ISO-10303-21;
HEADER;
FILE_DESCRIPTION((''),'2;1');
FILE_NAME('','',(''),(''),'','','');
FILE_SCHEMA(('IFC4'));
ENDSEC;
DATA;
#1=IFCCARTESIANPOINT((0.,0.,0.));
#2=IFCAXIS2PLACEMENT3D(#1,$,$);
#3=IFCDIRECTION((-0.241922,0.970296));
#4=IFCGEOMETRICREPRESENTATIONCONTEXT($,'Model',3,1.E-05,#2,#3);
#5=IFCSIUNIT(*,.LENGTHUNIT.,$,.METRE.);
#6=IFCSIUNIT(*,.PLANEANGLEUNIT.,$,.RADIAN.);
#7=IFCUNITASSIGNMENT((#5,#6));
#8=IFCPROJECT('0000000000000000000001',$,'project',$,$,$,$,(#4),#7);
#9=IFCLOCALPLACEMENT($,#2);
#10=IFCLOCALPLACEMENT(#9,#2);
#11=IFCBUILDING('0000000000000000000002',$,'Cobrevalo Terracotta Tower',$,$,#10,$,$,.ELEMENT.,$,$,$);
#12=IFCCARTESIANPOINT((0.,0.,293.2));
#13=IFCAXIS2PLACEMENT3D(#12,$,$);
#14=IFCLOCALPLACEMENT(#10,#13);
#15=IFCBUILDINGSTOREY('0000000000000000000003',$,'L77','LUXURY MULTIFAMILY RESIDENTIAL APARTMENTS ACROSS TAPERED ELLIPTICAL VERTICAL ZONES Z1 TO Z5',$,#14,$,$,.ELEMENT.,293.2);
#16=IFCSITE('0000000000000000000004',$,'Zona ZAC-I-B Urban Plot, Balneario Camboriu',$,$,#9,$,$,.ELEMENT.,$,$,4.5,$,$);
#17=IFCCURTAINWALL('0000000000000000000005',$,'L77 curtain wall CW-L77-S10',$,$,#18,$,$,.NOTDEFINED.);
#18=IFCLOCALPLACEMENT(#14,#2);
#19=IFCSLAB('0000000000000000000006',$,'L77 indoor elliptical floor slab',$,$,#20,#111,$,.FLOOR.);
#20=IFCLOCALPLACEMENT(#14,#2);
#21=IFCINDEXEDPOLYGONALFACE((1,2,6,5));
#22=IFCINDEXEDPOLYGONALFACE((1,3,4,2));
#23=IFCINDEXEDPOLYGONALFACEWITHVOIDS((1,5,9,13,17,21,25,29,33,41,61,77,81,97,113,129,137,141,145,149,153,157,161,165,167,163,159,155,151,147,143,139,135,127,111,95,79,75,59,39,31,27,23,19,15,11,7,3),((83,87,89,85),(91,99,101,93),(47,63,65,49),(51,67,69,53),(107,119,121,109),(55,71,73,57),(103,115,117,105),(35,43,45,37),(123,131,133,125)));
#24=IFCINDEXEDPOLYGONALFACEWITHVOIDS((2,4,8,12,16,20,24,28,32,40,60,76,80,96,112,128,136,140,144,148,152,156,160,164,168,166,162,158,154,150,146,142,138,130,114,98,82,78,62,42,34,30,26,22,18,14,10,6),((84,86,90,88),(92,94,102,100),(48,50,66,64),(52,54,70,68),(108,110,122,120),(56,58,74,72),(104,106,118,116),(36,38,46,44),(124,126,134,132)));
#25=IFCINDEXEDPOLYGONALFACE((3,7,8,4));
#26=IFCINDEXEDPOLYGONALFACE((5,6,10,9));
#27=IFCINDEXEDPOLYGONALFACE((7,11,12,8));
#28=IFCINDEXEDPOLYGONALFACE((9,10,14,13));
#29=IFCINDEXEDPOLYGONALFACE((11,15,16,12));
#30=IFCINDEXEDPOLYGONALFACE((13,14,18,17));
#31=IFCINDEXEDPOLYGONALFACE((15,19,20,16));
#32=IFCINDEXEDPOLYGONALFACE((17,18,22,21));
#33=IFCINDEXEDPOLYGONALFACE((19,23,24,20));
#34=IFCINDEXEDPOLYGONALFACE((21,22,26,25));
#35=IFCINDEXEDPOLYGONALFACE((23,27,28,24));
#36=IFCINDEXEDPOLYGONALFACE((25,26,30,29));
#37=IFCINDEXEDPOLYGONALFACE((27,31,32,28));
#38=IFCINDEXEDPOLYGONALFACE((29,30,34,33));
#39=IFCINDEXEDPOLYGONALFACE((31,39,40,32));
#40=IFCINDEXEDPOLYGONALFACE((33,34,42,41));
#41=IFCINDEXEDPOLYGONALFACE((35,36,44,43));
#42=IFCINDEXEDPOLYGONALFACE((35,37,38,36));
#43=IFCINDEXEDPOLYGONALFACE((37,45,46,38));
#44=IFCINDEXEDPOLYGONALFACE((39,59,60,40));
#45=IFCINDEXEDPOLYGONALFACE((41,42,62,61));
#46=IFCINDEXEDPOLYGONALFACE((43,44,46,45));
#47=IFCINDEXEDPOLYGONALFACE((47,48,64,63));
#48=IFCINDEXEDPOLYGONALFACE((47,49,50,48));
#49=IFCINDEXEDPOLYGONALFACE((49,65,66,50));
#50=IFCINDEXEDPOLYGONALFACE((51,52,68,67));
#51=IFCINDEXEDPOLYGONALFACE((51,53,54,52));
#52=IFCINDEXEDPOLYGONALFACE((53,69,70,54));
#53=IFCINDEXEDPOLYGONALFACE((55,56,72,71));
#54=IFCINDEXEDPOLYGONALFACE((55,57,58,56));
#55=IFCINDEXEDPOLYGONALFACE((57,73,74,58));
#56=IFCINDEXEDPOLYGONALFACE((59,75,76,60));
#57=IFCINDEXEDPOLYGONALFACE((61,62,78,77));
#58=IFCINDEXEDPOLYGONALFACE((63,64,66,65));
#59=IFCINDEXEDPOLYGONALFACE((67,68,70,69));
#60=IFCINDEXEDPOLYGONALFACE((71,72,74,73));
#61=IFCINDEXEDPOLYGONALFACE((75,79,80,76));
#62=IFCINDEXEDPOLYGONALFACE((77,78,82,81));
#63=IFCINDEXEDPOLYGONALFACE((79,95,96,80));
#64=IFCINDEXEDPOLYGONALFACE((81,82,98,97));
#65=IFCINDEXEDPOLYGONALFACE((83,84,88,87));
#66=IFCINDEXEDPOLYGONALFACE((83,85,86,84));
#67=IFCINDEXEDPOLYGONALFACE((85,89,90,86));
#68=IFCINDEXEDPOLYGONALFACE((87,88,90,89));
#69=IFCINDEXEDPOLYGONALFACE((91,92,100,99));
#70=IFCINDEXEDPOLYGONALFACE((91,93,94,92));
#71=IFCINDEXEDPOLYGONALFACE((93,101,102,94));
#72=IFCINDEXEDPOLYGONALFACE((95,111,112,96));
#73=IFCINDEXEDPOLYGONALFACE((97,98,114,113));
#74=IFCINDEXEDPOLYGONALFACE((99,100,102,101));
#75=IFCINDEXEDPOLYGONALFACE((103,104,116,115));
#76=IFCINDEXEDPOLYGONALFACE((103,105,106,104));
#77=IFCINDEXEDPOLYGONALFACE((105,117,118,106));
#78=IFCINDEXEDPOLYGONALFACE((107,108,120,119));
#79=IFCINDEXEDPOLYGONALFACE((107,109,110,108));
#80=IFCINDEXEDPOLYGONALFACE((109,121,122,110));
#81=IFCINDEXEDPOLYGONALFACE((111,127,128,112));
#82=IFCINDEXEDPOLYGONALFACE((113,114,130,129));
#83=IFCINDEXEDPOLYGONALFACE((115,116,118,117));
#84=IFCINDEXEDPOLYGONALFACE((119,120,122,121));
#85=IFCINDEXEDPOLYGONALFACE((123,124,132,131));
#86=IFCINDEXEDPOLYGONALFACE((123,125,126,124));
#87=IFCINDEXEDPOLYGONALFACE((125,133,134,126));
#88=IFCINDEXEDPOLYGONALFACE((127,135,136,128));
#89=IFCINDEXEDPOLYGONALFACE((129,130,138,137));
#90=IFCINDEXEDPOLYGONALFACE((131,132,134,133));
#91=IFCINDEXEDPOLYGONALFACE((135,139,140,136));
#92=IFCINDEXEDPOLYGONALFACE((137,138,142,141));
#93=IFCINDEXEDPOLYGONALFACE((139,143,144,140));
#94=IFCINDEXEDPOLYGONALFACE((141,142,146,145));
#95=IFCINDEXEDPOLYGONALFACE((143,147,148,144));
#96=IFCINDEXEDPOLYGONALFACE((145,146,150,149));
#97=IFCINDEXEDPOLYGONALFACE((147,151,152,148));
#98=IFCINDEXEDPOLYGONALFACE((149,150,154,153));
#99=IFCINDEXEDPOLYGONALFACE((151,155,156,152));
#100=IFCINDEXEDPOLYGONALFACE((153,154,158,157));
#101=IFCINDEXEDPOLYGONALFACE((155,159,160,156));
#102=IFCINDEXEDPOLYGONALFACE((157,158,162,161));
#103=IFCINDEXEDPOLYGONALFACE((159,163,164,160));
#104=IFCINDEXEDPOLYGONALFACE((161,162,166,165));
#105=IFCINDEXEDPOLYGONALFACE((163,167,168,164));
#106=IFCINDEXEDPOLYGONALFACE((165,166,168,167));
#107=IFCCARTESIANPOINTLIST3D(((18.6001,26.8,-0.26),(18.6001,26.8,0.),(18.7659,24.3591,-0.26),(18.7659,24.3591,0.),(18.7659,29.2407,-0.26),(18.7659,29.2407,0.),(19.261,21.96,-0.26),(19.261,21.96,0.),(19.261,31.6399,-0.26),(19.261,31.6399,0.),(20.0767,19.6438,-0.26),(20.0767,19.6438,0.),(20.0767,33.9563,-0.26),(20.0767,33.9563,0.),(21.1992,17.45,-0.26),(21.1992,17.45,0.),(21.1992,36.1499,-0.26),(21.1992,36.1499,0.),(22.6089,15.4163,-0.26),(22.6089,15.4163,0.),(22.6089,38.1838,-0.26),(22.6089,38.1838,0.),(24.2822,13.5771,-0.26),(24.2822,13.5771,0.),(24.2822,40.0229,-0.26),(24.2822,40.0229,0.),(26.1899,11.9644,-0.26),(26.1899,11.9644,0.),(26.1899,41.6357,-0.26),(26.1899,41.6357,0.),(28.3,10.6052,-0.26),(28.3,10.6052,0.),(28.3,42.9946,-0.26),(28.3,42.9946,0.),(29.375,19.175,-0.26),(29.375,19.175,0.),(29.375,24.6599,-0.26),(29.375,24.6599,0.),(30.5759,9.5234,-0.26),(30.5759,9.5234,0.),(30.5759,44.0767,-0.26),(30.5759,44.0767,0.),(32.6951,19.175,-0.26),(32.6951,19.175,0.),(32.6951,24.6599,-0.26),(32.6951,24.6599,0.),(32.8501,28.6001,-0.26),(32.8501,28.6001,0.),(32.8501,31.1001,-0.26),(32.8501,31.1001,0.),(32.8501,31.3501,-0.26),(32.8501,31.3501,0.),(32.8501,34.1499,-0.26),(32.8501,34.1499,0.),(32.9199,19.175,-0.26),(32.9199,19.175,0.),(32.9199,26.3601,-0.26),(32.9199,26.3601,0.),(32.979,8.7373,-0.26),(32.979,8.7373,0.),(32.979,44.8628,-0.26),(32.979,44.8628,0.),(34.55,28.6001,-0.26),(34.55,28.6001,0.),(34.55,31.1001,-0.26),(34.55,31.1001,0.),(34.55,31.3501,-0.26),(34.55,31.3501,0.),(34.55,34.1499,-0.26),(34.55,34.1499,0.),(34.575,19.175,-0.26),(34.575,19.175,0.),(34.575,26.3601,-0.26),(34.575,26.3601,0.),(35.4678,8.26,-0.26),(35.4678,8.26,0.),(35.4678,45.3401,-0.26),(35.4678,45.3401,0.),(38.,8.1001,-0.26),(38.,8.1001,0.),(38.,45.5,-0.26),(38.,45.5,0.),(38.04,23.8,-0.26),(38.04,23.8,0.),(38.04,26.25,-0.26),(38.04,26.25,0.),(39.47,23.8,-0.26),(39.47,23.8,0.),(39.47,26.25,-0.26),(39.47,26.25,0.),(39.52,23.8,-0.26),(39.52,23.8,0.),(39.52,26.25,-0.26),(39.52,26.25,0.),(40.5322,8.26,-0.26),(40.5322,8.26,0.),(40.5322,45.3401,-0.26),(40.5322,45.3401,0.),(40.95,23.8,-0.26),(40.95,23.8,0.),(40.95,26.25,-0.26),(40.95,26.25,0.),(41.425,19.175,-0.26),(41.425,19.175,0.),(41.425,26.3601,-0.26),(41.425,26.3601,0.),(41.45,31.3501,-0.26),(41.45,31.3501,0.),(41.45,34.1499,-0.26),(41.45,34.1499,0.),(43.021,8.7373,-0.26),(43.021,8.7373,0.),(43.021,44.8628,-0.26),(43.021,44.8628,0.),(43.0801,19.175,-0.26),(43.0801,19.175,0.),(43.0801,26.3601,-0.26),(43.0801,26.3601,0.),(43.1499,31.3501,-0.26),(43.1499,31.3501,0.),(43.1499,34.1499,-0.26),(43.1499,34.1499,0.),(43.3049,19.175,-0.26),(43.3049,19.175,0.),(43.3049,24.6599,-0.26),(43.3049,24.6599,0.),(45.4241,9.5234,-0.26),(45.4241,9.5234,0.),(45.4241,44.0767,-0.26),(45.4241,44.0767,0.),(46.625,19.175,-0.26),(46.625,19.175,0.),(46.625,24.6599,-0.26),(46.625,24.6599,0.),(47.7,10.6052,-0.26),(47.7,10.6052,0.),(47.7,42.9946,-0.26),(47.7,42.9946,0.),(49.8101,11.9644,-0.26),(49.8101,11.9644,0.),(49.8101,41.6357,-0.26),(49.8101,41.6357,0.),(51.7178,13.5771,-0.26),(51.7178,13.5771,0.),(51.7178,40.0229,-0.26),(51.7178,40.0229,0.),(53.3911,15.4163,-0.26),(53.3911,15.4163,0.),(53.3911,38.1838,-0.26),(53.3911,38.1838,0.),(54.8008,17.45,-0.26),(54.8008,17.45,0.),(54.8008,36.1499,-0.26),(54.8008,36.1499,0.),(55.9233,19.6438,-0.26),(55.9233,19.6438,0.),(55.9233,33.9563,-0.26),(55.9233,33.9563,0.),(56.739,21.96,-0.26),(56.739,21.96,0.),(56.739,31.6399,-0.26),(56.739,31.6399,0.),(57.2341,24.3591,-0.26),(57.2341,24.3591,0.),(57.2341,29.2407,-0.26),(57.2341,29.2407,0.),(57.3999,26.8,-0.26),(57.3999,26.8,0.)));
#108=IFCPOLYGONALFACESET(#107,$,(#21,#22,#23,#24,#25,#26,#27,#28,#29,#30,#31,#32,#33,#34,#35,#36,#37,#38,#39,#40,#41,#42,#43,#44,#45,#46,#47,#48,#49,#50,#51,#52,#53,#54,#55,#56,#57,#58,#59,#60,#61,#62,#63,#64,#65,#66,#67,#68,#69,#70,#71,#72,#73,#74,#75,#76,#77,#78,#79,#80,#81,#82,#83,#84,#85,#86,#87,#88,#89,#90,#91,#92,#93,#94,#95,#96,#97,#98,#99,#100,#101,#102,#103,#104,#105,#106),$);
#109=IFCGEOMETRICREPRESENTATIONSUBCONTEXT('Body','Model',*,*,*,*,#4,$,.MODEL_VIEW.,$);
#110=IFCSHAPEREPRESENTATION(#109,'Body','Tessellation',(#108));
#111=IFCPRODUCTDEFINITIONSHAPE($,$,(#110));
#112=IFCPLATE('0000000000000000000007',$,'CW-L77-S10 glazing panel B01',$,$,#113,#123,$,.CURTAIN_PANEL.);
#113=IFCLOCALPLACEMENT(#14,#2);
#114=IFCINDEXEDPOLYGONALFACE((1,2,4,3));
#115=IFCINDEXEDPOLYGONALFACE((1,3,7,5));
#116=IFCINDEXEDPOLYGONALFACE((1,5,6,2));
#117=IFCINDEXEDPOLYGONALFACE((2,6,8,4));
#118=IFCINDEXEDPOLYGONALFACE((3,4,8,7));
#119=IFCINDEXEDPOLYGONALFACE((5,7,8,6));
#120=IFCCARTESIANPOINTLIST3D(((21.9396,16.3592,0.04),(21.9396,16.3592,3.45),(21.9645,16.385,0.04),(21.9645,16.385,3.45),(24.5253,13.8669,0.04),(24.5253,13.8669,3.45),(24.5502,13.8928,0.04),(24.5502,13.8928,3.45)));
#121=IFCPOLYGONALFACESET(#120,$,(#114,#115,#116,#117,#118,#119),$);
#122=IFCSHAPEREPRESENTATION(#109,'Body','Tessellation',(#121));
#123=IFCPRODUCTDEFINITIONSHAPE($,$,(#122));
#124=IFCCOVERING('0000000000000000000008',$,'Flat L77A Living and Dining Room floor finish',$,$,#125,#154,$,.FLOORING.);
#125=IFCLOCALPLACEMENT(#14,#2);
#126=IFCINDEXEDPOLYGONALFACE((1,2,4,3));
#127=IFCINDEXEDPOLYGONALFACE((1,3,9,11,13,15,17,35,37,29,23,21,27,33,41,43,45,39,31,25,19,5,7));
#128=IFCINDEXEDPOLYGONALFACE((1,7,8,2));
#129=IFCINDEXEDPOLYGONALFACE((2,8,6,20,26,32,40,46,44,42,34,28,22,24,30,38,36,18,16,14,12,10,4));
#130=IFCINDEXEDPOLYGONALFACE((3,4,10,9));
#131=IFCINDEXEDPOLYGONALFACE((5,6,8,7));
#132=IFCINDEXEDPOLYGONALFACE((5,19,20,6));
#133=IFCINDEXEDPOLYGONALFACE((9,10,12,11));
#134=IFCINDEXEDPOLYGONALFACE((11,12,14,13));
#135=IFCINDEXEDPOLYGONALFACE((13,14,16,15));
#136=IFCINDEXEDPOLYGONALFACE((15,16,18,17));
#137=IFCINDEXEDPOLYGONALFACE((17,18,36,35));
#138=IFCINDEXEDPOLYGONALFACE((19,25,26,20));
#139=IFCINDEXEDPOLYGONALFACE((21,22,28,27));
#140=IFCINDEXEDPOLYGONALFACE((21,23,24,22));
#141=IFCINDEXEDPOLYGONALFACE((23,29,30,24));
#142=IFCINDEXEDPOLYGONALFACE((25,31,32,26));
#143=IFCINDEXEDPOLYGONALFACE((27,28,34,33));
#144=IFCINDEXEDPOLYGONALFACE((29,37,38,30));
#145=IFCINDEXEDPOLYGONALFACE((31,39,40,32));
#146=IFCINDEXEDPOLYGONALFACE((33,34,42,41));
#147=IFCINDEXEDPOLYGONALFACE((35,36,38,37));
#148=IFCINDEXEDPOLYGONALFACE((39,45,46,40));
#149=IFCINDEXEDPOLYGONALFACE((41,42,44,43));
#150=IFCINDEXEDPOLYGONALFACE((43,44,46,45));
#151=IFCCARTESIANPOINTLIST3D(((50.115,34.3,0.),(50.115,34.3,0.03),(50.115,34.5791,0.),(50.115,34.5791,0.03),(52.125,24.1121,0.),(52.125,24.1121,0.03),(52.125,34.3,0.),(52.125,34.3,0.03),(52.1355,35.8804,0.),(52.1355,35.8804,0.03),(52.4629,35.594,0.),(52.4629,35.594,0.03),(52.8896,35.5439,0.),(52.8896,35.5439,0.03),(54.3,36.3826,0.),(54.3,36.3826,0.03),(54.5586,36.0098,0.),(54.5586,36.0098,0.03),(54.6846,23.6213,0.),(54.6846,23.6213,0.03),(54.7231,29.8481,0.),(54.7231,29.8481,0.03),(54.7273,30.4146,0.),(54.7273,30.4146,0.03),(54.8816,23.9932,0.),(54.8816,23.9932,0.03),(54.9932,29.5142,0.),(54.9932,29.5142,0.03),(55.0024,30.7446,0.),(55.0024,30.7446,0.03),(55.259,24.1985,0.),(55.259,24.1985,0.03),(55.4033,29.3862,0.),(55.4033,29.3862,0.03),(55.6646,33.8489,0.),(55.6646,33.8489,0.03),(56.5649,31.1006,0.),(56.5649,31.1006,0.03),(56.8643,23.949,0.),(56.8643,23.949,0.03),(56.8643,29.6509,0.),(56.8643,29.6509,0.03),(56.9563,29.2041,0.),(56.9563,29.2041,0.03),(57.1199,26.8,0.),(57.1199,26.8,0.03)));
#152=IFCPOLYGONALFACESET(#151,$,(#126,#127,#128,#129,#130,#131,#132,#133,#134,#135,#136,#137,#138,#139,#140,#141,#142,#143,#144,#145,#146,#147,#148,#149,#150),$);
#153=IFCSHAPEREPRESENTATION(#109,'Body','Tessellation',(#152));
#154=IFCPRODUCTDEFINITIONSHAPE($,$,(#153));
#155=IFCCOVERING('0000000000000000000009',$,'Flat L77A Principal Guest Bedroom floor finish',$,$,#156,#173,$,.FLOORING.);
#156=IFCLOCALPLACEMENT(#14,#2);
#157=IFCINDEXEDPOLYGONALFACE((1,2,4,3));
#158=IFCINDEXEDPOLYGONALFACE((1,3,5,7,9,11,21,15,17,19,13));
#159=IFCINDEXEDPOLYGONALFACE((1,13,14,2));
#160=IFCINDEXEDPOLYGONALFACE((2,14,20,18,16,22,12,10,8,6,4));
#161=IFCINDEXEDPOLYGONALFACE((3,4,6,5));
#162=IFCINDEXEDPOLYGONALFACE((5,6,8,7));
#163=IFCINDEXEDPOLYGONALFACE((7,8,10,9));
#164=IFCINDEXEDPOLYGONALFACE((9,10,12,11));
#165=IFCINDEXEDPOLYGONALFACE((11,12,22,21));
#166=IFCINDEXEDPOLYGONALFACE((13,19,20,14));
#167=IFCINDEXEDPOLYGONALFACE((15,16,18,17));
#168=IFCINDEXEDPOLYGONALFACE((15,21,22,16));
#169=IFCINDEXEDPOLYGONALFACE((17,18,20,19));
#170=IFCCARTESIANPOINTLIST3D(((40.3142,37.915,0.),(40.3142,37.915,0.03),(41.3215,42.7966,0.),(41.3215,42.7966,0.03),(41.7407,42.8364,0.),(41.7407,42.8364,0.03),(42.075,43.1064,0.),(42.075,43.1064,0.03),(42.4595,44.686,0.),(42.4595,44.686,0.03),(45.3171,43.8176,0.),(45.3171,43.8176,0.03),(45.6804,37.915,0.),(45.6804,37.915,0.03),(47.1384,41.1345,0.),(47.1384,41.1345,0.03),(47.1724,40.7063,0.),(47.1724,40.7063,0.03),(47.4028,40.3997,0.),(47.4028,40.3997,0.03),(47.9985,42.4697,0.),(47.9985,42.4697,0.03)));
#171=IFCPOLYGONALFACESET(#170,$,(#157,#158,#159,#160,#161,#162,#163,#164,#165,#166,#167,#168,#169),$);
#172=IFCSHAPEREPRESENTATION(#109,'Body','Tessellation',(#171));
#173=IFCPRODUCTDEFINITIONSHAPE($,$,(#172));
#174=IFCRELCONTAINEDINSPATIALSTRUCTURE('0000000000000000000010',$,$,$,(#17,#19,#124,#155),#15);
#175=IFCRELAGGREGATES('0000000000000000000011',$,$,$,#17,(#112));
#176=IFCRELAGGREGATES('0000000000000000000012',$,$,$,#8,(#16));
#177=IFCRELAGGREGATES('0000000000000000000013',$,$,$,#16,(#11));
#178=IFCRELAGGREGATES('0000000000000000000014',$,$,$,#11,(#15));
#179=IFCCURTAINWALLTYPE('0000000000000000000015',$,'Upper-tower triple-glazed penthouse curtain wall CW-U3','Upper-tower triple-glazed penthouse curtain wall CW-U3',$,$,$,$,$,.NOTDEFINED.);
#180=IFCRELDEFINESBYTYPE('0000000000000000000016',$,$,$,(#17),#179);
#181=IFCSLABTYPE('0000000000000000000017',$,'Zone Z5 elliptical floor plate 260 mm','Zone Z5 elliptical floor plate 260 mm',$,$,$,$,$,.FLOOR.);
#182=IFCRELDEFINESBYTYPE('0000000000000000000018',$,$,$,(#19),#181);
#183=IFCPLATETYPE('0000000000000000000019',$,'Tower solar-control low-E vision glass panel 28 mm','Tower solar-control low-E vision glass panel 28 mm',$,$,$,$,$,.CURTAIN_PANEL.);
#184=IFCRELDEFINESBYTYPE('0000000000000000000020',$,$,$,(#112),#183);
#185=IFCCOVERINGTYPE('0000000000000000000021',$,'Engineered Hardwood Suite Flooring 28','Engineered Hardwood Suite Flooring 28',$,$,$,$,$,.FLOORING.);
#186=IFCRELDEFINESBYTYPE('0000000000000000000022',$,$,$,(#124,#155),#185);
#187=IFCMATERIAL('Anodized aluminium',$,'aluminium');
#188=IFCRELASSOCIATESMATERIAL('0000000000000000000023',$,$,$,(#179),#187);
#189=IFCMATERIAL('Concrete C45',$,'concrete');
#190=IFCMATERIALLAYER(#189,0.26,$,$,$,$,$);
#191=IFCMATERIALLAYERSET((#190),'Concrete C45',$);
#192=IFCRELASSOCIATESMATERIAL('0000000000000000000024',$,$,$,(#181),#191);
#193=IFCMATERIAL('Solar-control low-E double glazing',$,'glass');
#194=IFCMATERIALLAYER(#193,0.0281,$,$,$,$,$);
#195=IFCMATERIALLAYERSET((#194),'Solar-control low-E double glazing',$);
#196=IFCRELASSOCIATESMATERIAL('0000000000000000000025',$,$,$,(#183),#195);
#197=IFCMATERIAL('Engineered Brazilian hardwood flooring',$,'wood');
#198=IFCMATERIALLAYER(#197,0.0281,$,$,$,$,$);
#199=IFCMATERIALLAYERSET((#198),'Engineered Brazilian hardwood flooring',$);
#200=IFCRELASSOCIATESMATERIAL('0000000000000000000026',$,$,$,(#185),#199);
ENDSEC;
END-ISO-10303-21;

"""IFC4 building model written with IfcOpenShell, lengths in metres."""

from ifc_helpers import new_model, si_unit, direction, frame, origin, origin_2d, place, context, subcontext, project, spatial, polyline, rectangle, outline, extrude, source, transform, mapped, material, layer, layer_set, type_object, element, aggregate, save


model = new_model("IFC4")

# Units and contexts
model_context = context("Model", 3, precision=1e-05, world=origin(), true_north=direction((-0.241922, 0.970296)))
body_context = subcontext(model_context, "Body", "Model", "MODEL_VIEW")
ifc_project = project(units=[si_unit("LENGTHUNIT", "METRE"), si_unit("PLANEANGLEUNIT", "RADIAN")], contexts=[model_context])

# Site, building, storey
site_placement = place(None, origin())
site = spatial("IfcSite", under=ifc_project, at=site_placement, Name="Zona ZAC-I-B Urban Plot, Balneario Camboriu", CompositionType="ELEMENT", RefElevation=4.5)
building_placement = place(site_placement, origin())
building = spatial("IfcBuilding", under=site, at=building_placement, Name="Cobrevalo Terracotta Tower", CompositionType="ELEMENT")
storey_placement = place(building_placement, frame((0.0, 0.0, 293.2)))
storey = spatial("IfcBuildingStorey", under=building, at=storey_placement, Name="L77", Description="LUXURY MULTIFAMILY RESIDENTIAL APARTMENTS ACROSS TAPERED ELLIPTICAL VERTICAL ZONES Z1 TO Z5", CompositionType="ELEMENT", Elevation=293.2)

# Curtain wall
ifc_material_1 = material(Name="Anodized aluminium", Category="aluminium")
curtain_wall_type = type_object("IfcCurtainWallType", Name="Upper-tower triple-glazed penthouse curtain wall CW-U3", Description="Upper-tower triple-glazed penthouse curtain wall CW-U3", PredefinedType="NOTDEFINED", material=ifc_material_1)
curtain_wall_placement = place(storey_placement, origin())
curtain_wall = element("IfcCurtainWall", 1, at=curtain_wall_placement, inside=storey, type_object=curtain_wall_type, Name="L77 curtain wall CW-L77-S10", PredefinedType="NOTDEFINED")

# Slab
ifc_material_2 = material(Name="Concrete C45", Category="concrete")
ifc_layer_1 = layer(ifc_material_2, 0.26)
ifc_layer_set_1 = layer_set([ifc_layer_1], Name="Concrete C45")
slab_type_1 = type_object("IfcSlabType", Name="Zone Z5 elliptical floor plate 260 mm", Description="Zone Z5 elliptical floor plate 260 mm", PredefinedType="FLOOR", material=ifc_layer_set_1)
slab_1_placement = place(storey_placement, frame((0.0, 0.0, -0.26)))
element("IfcSlab", 2, at=slab_1_placement, inside=storey, type_object=slab_type_1, Name="L77 indoor elliptical floor slab", PredefinedType="FLOOR", context=body_context, shape_type="SweptSolid", body=[
    extrude(outline(polyline([(57.2341, 24.3591), (56.739, 21.96), (55.9233, 19.6438), (54.8008, 17.45), (53.3911, 15.4163), (51.7178, 13.5771), (49.8101, 11.9644), (47.7, 10.6052), (45.4241, 9.5234), (43.021, 8.7373), (40.5322, 8.26), (38.0, 8.1001), (35.4678, 8.26), (32.979, 8.7373), (30.5759, 9.5234), (28.3, 10.6052), (26.1899, 11.9644), (24.2822, 13.5771), (22.6089, 15.4163), (21.1992, 17.45), (20.0767, 19.6438), (19.261, 21.96), (18.7659, 24.3591), (18.6001, 26.8), (18.7659, 29.2407), (19.261, 31.6399), (20.0767, 33.9563), (21.1992, 36.1499), (22.6089, 38.1838), (24.2822, 40.0229), (26.1899, 41.6357), (28.3, 42.9946), (30.5759, 44.0767), (32.979, 44.8628), (35.4678, 45.3401), (38.0, 45.5), (40.5322, 45.3401), (43.021, 44.8628), (45.4241, 44.0767), (47.7, 42.9946), (49.8101, 41.6357), (51.7178, 40.0229), (53.3911, 38.1838), (54.8008, 36.1499), (55.9233, 33.9563), (56.739, 31.6399), (57.2341, 29.2407), (57.3999, 26.8), (57.2341, 24.3591)]), holes=[polyline([(32.6951, 19.175), (32.6951, 24.6599), (29.375, 24.6599), (29.375, 19.175), (32.6951, 19.175)]), polyline([(46.625, 19.175), (46.625, 24.6599), (43.3049, 24.6599), (43.3049, 19.175), (46.625, 19.175)]), polyline([(34.575, 26.3601), (32.9199, 26.3601), (32.9199, 19.175), (34.575, 19.175), (34.575, 26.3601)]), polyline([(43.0801, 26.3601), (41.425, 26.3601), (41.425, 19.175), (43.0801, 19.175), (43.0801, 26.3601)]), polyline([(39.47, 26.25), (38.04, 26.25), (38.04, 23.8), (39.47, 23.8), (39.47, 26.25)]), polyline([(40.95, 26.25), (39.52, 26.25), (39.52, 23.8), (40.95, 23.8), (40.95, 26.25)]), polyline([(34.55, 31.1001), (32.8501, 31.1001), (32.8501, 28.6001), (34.55, 28.6001), (34.55, 31.1001)]), polyline([(34.55, 31.3501), (34.55, 34.1499), (32.8501, 34.1499), (32.8501, 31.3501), (34.55, 31.3501)]), polyline([(43.1499, 31.3501), (43.1499, 34.1499), (41.45, 34.1499), (41.45, 31.3501), (43.1499, 31.3501)])]), origin(), (0.0, 0.0, 1.0), 0.26),
])

# Plate
ifc_material_3 = material(Name="Solar-control low-E double glazing", Category="glass")
ifc_layer_2 = layer(ifc_material_3, 0.0281)
ifc_layer_set_2 = layer_set([ifc_layer_2], Name="Solar-control low-E double glazing")
plate_type = type_object("IfcPlateType", Name="Tower solar-control low-E vision glass panel 28 mm", Description="Tower solar-control low-E vision glass panel 28 mm", PredefinedType="CURTAIN_PANEL", material=ifc_layer_set_2)
shared_shape_1 = source(origin(), body_context, "Body", "SweptSolid", [
    extrude(rectangle(XDim=3.5913, YDim=0.0359, at=origin_2d()), origin(), (0.0, 0.0, 1.0), 3.4099),
])
plate_placement = place(storey_placement, frame((23.2449, 15.126, 0.04), z_axis=(0.0, 0.0, 1.0), x_axis=(0.719997, -0.693978, 0.0)))
plate = element("IfcPlate", 3, at=plate_placement, type_object=plate_type, Name="CW-L77-S10 glazing panel B01", PredefinedType="CURTAIN_PANEL", context=body_context, shape_type="MappedRepresentation", body=[
    mapped(shared_shape_1, transform((0.0, 0.0, 0.0), scale=1.0)),
])
aggregate(curtain_wall, [plate])

# Coverings
ifc_material_4 = material(Name="Engineered Brazilian hardwood flooring", Category="wood")
ifc_layer_3 = layer(ifc_material_4, 0.0281)
ifc_layer_set_3 = layer_set([ifc_layer_3], Name="Engineered Brazilian hardwood flooring")
covering_type_1 = type_object("IfcCoveringType", Name="Engineered Hardwood Suite Flooring 28", Description="Engineered Hardwood Suite Flooring 28", PredefinedType="FLOORING", material=ifc_layer_set_3)
covering_1_placement = place(storey_placement, origin())
element("IfcCovering", 4, at=covering_1_placement, inside=storey, type_object=covering_type_1, Name="Flat L77A Living and Dining Room floor finish", PredefinedType="FLOORING", context=body_context, shape_type="SweptSolid", body=[
    extrude(outline(polyline([(50.115, 34.3), (50.115, 34.5791), (52.1355, 35.8804), (52.4629, 35.594), (52.8896, 35.5439), (54.3, 36.3826), (54.5586, 36.0098), (55.6646, 33.8489), (56.5649, 31.1006), (55.0024, 30.7446), (54.7273, 30.4146), (54.7231, 29.8481), (54.9932, 29.5142), (55.4033, 29.3862), (56.8643, 29.6509), (56.9563, 29.2041), (57.1199, 26.8), (56.8643, 23.949), (55.259, 24.1985), (54.8816, 23.9932), (54.6846, 23.6213), (52.125, 24.1121), (52.125, 34.3), (50.115, 34.3)])), origin(), (0.0, 0.0, 1.0), 0.03),
])
covering_2_placement = place(storey_placement, origin())
element("IfcCovering", 5, at=covering_2_placement, inside=storey, type_object=covering_type_1, Name="Flat L77A Principal Guest Bedroom floor finish", PredefinedType="FLOORING", context=body_context, shape_type="SweptSolid", body=[
    extrude(outline(polyline([(41.3215, 42.7966), (41.7407, 42.8364), (42.075, 43.1064), (42.4595, 44.686), (45.3171, 43.8176), (47.9985, 42.4697), (47.1384, 41.1345), (47.1724, 40.7063), (47.4028, 40.3997), (45.6804, 37.915), (40.3142, 37.915), (41.3215, 42.7966)])), origin(), (0.0, 0.0, 1.0), 0.03),
])

save(model, "model.ifc")
